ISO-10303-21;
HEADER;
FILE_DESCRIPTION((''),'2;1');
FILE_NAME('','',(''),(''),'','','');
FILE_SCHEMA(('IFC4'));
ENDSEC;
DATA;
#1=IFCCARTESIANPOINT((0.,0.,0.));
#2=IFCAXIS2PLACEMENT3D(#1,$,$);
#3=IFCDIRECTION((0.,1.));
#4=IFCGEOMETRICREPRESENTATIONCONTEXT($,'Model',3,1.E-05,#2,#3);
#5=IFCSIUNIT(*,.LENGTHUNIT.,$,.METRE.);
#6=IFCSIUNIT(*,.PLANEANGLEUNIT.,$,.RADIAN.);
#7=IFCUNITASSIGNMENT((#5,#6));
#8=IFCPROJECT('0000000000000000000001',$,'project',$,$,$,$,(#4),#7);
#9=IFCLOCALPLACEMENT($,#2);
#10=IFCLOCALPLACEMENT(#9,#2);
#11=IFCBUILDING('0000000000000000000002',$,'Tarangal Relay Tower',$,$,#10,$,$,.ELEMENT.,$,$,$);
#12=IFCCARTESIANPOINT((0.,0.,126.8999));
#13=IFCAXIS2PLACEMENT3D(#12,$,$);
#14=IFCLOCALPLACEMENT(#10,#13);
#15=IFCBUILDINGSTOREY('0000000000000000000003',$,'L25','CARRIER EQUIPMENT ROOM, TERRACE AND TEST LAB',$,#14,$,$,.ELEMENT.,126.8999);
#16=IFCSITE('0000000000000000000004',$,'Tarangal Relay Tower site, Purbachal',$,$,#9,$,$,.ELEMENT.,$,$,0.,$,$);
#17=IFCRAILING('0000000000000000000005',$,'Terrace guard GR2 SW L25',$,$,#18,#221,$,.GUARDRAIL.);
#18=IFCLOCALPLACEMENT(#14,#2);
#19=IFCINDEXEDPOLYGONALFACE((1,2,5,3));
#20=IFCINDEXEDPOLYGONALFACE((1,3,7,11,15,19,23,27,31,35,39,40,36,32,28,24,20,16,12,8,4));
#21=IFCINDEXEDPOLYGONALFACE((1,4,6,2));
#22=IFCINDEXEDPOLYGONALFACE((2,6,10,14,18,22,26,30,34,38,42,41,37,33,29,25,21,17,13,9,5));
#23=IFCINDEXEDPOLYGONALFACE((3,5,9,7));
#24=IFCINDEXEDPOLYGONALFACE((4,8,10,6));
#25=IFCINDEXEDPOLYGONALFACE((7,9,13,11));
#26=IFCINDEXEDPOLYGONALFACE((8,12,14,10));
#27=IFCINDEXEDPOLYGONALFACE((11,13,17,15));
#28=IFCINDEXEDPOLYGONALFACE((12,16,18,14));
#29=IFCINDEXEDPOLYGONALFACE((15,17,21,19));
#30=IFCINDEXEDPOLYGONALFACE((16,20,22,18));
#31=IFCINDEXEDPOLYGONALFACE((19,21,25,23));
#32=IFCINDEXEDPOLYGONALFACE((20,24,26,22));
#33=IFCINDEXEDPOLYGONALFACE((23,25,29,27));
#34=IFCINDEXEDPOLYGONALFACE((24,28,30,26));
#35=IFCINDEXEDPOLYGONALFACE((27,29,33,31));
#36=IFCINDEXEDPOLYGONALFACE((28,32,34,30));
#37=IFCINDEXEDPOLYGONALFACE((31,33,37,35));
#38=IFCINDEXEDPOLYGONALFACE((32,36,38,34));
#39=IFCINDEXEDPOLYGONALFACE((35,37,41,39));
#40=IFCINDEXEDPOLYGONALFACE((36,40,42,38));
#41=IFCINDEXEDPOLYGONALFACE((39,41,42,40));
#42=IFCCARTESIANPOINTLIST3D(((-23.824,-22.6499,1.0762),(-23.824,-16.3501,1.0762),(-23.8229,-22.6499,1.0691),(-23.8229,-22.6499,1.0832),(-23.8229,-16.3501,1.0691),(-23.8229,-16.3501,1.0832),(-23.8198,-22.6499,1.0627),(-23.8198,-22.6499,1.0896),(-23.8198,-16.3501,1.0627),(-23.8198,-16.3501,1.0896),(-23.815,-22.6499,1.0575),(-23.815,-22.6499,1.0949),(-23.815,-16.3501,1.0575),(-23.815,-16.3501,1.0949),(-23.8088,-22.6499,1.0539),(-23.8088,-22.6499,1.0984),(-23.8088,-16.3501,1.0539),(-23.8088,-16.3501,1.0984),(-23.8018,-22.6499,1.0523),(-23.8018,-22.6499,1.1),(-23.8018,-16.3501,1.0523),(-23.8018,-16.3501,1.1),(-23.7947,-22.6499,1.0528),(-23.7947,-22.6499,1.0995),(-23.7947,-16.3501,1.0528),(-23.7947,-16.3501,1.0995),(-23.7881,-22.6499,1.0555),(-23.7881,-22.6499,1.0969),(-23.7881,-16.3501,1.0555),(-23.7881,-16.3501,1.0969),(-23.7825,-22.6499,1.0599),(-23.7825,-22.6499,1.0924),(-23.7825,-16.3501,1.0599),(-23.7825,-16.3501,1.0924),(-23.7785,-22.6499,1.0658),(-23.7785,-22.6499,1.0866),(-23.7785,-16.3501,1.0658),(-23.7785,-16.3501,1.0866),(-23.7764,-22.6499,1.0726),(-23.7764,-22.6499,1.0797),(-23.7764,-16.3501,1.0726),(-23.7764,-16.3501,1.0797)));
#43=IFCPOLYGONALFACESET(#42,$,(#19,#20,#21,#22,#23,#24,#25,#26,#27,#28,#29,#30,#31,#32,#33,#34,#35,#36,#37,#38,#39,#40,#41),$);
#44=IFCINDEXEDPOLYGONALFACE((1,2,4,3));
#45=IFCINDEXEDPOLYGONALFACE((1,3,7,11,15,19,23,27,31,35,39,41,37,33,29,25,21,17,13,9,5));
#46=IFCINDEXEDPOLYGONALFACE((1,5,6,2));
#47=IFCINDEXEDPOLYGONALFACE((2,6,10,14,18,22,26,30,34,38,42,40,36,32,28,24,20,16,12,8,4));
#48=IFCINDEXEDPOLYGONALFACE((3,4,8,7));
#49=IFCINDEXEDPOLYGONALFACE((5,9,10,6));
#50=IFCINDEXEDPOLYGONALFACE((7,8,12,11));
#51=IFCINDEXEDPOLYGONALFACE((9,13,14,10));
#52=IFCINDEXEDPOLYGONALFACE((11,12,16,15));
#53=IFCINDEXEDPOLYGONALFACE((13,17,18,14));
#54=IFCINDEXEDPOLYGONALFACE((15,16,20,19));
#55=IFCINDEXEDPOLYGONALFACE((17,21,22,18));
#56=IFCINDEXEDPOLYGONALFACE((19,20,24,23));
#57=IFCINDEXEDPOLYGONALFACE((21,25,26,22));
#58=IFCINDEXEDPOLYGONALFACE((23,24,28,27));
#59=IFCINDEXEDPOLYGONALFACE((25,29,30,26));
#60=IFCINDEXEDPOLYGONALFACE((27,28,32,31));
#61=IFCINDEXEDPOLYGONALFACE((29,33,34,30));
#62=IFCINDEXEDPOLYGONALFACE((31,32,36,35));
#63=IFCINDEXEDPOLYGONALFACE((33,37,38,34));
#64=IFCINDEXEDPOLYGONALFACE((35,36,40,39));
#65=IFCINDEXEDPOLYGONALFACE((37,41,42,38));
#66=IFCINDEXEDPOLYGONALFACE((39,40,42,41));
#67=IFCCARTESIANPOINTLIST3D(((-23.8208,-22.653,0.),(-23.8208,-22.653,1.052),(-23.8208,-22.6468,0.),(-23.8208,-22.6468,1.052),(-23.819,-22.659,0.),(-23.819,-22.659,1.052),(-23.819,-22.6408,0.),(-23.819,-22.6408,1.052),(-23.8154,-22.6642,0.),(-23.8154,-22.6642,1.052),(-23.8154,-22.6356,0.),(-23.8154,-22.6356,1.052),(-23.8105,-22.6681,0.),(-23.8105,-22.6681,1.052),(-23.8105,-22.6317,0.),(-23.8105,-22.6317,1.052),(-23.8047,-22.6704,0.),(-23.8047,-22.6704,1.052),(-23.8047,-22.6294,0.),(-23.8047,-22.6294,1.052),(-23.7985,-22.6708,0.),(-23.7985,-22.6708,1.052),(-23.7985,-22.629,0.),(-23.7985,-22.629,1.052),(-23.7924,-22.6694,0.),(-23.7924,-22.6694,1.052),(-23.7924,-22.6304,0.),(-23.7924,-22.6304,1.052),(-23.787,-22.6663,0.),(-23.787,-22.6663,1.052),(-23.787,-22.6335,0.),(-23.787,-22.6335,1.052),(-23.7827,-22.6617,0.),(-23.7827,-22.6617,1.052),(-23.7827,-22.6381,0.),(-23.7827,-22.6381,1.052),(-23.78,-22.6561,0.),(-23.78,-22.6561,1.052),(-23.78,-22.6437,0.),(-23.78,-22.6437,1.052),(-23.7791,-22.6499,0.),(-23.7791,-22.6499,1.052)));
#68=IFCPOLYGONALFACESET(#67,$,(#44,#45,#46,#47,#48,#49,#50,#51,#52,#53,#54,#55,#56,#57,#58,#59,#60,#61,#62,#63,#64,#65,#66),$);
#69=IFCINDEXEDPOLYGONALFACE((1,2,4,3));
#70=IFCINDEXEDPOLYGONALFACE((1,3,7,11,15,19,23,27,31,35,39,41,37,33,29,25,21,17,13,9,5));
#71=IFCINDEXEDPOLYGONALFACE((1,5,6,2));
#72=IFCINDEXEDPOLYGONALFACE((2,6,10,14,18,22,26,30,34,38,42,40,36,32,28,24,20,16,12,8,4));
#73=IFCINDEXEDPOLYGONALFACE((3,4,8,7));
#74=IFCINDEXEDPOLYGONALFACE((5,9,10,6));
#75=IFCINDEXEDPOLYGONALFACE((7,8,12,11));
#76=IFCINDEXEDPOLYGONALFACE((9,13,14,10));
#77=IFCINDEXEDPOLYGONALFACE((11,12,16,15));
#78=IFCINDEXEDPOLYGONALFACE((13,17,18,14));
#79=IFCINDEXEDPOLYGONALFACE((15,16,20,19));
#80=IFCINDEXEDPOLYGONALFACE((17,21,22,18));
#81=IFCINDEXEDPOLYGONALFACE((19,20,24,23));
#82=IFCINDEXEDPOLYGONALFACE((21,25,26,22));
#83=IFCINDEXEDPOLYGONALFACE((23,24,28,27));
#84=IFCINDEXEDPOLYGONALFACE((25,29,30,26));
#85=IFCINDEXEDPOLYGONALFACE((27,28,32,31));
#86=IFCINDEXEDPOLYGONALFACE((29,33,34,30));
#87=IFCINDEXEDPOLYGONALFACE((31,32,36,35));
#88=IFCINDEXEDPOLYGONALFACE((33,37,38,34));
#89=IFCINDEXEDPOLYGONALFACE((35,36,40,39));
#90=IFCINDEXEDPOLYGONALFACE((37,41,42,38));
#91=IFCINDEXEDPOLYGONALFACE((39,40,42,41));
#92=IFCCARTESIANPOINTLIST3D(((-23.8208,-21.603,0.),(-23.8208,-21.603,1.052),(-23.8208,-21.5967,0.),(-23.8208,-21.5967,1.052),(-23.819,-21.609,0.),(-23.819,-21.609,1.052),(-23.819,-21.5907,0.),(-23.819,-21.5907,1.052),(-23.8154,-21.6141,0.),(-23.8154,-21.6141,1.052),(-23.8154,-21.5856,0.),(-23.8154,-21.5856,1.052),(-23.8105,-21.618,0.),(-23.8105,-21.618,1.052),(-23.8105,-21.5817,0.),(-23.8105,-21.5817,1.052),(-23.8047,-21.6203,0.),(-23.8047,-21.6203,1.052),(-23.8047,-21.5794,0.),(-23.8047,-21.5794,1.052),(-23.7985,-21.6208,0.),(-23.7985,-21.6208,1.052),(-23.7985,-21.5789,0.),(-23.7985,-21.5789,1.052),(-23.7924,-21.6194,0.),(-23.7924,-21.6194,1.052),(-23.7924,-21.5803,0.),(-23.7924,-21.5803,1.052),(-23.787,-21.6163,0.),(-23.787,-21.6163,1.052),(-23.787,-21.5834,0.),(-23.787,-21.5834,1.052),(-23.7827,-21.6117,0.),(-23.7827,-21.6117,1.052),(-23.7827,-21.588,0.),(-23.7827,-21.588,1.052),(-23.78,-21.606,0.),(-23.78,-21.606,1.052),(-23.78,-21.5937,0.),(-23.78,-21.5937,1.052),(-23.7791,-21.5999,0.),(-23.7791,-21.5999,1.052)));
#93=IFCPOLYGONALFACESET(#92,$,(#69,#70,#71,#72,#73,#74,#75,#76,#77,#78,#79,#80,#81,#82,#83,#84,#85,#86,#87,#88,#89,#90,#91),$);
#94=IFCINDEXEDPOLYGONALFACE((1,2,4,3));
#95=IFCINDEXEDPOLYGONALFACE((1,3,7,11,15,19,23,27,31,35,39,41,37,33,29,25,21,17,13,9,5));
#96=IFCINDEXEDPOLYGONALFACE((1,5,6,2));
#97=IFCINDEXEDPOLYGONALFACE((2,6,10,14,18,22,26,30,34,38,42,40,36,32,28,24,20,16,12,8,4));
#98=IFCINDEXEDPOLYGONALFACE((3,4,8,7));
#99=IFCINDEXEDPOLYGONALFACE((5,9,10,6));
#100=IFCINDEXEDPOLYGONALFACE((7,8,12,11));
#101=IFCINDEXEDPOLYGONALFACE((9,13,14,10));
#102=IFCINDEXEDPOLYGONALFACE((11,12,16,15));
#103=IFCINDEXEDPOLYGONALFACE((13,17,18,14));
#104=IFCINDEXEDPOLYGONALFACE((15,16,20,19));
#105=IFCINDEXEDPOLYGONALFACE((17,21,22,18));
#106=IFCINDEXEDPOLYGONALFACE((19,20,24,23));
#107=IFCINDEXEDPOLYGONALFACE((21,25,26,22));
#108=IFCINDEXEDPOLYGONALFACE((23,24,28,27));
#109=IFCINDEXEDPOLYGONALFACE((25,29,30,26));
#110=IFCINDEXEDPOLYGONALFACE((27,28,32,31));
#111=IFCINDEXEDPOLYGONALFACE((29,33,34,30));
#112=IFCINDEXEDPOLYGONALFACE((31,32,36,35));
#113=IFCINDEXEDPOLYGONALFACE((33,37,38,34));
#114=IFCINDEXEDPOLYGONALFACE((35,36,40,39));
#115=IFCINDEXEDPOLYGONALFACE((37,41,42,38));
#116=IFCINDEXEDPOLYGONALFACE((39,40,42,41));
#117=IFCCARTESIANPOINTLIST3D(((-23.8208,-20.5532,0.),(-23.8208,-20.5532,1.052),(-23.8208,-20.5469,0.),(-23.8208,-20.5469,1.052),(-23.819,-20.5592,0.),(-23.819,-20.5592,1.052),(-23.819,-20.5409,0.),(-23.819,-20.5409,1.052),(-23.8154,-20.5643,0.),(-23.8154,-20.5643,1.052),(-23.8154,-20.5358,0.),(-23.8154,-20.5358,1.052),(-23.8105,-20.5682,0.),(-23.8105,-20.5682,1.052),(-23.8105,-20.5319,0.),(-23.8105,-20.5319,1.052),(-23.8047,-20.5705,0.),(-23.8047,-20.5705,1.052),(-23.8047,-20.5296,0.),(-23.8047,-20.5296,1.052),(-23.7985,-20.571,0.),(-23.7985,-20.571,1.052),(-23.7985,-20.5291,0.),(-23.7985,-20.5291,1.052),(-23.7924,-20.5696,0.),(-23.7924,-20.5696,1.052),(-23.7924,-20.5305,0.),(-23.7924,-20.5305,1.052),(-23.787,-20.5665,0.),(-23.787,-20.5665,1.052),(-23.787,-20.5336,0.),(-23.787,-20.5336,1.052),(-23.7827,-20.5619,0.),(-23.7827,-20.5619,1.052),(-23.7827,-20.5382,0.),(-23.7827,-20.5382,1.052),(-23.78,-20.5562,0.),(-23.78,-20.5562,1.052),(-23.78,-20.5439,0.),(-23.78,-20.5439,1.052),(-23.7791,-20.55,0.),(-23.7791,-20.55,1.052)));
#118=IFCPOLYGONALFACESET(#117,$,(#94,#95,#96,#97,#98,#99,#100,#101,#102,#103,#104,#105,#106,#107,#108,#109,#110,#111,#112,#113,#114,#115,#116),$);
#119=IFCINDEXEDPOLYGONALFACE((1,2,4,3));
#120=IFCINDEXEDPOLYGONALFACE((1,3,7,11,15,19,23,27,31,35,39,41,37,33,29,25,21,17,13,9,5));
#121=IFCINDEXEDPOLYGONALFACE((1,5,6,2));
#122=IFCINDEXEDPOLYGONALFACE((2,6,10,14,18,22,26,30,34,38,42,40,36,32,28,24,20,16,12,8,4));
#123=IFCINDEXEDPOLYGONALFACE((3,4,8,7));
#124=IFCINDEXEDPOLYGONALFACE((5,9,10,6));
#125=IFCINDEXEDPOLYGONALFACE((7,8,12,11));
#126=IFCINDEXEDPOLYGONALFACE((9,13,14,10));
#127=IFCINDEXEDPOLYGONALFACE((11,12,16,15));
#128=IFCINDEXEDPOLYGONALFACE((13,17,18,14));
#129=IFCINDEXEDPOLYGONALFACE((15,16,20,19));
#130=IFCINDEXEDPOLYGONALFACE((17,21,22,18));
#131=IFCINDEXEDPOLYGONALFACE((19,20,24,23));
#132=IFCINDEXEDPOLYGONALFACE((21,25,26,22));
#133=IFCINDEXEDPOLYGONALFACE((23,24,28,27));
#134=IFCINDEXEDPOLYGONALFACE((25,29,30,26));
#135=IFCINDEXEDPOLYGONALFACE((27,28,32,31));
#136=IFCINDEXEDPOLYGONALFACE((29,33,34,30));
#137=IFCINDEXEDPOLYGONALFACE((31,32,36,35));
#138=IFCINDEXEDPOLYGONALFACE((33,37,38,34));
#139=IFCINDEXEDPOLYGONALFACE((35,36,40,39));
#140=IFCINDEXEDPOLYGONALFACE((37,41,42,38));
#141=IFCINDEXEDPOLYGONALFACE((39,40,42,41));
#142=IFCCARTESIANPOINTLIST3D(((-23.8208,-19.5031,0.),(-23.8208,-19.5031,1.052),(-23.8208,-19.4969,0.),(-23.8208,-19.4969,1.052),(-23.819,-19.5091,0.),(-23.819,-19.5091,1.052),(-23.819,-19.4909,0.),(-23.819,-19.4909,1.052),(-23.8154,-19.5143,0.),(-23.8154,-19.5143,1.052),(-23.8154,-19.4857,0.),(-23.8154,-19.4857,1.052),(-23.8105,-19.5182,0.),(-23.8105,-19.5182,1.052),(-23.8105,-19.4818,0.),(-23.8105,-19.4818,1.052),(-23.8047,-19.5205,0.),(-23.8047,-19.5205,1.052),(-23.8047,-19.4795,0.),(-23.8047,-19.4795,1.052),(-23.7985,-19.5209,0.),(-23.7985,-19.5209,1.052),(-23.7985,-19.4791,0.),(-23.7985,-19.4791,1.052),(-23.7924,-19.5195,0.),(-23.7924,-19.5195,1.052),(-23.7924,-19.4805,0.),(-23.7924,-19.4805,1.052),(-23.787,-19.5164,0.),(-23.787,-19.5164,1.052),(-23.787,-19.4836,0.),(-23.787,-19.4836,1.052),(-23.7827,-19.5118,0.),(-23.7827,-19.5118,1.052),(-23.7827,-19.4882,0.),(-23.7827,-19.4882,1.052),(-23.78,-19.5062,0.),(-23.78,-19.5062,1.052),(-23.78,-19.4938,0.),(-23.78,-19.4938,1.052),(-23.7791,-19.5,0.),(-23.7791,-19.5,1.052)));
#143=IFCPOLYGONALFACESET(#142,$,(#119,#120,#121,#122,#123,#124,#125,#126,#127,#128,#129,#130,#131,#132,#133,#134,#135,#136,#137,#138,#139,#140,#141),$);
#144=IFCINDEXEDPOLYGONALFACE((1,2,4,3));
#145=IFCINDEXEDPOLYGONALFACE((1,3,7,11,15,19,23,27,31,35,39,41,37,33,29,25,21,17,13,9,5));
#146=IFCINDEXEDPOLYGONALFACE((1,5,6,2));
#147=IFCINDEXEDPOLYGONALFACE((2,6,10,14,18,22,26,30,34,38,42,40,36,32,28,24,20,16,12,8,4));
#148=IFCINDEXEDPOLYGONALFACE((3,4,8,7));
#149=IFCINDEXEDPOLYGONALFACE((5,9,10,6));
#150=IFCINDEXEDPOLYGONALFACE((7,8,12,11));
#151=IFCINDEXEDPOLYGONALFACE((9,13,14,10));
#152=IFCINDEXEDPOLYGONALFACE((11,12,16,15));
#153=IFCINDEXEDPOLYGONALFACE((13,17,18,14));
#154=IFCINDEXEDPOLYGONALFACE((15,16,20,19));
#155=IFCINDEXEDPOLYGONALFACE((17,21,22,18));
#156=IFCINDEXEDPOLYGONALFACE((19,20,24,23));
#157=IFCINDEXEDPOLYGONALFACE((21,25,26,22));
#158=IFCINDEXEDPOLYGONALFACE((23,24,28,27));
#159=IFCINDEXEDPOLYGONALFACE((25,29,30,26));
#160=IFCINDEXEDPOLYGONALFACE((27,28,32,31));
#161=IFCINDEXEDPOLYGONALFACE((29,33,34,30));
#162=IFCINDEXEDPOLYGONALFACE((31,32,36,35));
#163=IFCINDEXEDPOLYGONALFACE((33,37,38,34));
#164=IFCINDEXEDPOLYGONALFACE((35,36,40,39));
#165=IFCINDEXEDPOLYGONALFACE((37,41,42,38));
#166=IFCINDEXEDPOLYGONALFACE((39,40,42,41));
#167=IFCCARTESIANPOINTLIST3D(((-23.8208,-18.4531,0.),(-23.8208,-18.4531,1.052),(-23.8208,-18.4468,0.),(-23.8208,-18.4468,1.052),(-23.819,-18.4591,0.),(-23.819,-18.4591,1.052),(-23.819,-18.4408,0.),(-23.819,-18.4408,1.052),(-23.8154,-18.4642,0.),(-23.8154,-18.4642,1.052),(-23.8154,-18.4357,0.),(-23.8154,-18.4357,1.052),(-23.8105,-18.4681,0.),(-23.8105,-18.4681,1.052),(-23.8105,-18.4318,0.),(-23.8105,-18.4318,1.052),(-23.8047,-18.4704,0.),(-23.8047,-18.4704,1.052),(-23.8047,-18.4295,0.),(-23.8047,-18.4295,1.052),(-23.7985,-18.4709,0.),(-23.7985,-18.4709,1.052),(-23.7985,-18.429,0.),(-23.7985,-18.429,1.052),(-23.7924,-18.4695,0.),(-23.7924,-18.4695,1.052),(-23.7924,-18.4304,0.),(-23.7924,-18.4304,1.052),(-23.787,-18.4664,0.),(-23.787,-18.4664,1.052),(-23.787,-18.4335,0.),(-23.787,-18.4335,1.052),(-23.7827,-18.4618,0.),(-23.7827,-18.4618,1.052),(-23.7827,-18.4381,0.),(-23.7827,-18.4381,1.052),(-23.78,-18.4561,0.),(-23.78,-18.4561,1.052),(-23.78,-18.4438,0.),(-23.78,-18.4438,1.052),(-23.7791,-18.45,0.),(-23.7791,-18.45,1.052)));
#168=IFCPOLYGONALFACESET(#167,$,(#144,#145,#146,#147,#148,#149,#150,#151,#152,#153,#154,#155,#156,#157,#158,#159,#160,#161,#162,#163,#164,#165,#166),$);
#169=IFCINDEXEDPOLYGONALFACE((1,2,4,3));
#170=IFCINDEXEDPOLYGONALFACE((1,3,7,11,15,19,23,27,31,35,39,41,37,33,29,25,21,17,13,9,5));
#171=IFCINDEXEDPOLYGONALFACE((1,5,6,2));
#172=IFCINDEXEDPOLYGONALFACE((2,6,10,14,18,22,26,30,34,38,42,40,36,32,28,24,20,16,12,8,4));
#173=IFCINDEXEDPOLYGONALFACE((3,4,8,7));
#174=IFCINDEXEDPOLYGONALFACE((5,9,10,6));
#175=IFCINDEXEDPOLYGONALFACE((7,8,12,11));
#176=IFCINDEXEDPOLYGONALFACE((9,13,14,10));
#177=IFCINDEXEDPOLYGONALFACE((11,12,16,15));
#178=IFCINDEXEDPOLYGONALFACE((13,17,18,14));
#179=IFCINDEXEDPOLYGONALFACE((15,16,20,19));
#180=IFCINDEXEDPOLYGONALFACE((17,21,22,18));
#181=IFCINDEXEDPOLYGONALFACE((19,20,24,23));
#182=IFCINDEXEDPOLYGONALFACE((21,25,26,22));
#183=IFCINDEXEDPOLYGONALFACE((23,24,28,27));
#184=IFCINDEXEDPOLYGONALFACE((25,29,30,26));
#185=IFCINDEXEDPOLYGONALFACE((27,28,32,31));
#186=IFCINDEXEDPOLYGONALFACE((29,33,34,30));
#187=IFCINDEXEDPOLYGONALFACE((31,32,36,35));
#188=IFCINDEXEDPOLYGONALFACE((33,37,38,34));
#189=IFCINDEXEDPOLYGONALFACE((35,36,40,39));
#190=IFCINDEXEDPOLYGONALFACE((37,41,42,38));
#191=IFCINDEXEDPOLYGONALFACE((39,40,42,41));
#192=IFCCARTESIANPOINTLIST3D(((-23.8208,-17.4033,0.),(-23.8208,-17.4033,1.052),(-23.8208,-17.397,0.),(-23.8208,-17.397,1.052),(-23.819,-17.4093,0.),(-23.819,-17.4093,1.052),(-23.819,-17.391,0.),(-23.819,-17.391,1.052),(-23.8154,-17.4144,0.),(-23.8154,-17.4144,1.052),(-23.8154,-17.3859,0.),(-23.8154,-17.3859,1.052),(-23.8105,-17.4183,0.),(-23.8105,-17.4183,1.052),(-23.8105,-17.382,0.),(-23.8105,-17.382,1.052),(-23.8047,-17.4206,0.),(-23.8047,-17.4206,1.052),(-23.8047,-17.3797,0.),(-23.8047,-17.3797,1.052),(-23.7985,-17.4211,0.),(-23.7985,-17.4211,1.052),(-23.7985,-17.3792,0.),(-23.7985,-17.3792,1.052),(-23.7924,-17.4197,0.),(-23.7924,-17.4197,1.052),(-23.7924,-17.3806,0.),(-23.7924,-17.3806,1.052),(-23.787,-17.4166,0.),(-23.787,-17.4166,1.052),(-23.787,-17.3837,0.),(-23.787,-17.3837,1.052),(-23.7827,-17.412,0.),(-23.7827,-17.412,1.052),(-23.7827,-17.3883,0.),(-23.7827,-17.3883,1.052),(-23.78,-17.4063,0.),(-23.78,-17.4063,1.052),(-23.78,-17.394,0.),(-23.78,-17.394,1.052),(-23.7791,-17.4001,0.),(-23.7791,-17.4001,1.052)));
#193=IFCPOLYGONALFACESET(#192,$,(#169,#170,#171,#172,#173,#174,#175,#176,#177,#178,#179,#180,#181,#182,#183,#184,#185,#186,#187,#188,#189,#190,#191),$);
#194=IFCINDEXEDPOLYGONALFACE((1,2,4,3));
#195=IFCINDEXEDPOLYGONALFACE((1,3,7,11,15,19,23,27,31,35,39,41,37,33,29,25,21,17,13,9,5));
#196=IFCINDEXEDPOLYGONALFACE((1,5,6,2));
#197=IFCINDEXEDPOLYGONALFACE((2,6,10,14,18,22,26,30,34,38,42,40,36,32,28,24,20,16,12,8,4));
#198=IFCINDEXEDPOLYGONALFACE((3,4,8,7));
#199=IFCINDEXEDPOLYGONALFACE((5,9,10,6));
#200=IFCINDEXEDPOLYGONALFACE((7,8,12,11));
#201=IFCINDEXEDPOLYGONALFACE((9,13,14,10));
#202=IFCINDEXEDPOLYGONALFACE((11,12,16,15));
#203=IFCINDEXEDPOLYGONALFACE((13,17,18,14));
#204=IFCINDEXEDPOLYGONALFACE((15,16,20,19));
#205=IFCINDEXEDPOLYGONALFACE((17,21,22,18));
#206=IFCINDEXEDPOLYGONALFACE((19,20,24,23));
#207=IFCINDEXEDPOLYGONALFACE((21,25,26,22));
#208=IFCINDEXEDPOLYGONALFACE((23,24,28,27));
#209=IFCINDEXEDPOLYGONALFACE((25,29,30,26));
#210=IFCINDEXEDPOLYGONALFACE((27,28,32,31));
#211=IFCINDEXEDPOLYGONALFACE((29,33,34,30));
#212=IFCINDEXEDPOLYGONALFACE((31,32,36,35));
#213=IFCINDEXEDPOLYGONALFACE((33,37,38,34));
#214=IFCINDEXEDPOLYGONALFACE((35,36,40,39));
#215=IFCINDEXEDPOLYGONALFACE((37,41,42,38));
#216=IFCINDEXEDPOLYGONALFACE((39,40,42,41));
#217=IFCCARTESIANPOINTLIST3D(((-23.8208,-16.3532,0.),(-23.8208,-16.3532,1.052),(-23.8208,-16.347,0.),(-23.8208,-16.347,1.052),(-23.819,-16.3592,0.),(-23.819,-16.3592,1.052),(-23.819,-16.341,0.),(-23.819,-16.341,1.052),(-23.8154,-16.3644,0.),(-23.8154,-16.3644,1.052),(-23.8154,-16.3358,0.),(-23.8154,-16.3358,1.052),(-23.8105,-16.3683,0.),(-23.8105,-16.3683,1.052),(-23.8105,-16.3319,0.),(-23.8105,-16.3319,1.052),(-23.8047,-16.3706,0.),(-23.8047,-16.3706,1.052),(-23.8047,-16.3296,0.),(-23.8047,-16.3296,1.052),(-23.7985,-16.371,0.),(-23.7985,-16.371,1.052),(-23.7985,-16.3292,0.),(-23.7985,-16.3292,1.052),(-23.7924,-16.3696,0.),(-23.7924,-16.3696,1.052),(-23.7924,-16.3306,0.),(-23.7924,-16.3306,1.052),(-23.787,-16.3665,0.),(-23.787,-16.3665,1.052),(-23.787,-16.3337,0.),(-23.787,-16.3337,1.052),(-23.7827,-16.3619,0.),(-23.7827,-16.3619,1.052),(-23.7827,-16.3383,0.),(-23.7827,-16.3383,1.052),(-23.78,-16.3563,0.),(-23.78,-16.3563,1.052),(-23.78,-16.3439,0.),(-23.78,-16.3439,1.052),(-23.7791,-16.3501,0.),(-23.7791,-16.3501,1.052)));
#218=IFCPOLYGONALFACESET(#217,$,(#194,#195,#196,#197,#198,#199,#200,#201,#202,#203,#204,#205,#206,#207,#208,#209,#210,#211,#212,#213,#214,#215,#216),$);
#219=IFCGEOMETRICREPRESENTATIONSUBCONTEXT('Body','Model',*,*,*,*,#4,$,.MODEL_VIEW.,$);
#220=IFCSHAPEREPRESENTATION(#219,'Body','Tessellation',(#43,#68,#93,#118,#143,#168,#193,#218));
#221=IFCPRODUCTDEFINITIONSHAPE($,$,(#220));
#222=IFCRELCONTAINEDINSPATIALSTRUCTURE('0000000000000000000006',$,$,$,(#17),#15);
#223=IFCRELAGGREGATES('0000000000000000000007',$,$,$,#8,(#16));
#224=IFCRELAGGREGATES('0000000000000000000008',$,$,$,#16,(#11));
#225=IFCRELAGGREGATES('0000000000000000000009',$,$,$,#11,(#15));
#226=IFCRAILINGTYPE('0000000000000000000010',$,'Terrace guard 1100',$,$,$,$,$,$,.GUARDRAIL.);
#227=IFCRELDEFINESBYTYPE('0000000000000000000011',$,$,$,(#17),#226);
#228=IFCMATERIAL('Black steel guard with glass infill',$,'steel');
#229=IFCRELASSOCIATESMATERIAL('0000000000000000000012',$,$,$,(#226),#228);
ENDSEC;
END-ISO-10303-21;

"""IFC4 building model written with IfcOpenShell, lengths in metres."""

from ifc_helpers import new_model, si_unit, direction, frame, origin, origin_2d, place, context, subcontext, project, spatial, circle, extrude, material, type_object, element, save


model = new_model("IFC4")

# Units and contexts
model_context = context("Model", 3, precision=1e-05, world=origin(), true_north=direction((0.0, 1.0)))
body_context = subcontext(model_context, "Body", "Model", "MODEL_VIEW")
ifc_project = project(units=[si_unit("LENGTHUNIT", "METRE"), si_unit("PLANEANGLEUNIT", "RADIAN")], contexts=[model_context])

# Site, building, storey
site_placement = place(None, origin())
site = spatial("IfcSite", under=ifc_project, at=site_placement, Name="Tarangal Relay Tower site, Purbachal", CompositionType="ELEMENT", RefElevation=0.0)
building_placement = place(site_placement, origin())
building = spatial("IfcBuilding", under=site, at=building_placement, Name="Tarangal Relay Tower", CompositionType="ELEMENT")
storey_placement = place(building_placement, frame((0.0, 0.0, 126.8999)))
storey = spatial("IfcBuildingStorey", under=building, at=storey_placement, Name="L25", Description="CARRIER EQUIPMENT ROOM, TERRACE AND TEST LAB", CompositionType="ELEMENT", Elevation=126.8999)

# Railing
ifc_material_1 = material(Name="Black steel guard with glass infill", Category="steel")
railing_type = type_object("IfcRailingType", Name="Terrace guard 1100", PredefinedType="GUARDRAIL", material=ifc_material_1)
railing_placement = place(storey_placement, frame((-23.8, -22.6499, 0.0)))
element("IfcRailing", 1, at=railing_placement, inside=storey, type_object=railing_type, Name="Terrace guard GR2 SW L25", PredefinedType="GUARDRAIL", context=body_context, shape_type="SweptSolid", body=[
    extrude(circle(Radius=0.0239, at=origin_2d()), frame((0.0, 0.0, 1.0762), z_axis=(0.0, 1.0, 0.0), x_axis=(-1.0, 0.0, 0.0)), (0.0, 0.0, 1.0), 6.2998),
    extrude(circle(Radius=0.021, at=origin_2d()), origin(), (0.0, 0.0, 1.0), 1.052),
    extrude(circle(Radius=0.021, at=origin_2d()), frame((0.0, 1.05, 0.0)), (0.0, 0.0, 1.0), 1.052),
    extrude(circle(Radius=0.021, at=origin_2d()), frame((0.0, 2.0999, 0.0)), (0.0, 0.0, 1.0), 1.052),
    extrude(circle(Radius=0.021, at=origin_2d()), frame((0.0, 3.1499, 0.0)), (0.0, 0.0, 1.0), 1.052),
    extrude(circle(Radius=0.021, at=origin_2d()), frame((0.0, 4.2, 0.0)), (0.0, 0.0, 1.0), 1.052),
    extrude(circle(Radius=0.021, at=origin_2d()), frame((0.0, 5.2498, 0.0)), (0.0, 0.0, 1.0), 1.052),
    extrude(circle(Radius=0.021, at=origin_2d()), frame((0.0, 6.2998, 0.0)), (0.0, 0.0, 1.0), 1.052),
])

save(model, "model.ifc")
